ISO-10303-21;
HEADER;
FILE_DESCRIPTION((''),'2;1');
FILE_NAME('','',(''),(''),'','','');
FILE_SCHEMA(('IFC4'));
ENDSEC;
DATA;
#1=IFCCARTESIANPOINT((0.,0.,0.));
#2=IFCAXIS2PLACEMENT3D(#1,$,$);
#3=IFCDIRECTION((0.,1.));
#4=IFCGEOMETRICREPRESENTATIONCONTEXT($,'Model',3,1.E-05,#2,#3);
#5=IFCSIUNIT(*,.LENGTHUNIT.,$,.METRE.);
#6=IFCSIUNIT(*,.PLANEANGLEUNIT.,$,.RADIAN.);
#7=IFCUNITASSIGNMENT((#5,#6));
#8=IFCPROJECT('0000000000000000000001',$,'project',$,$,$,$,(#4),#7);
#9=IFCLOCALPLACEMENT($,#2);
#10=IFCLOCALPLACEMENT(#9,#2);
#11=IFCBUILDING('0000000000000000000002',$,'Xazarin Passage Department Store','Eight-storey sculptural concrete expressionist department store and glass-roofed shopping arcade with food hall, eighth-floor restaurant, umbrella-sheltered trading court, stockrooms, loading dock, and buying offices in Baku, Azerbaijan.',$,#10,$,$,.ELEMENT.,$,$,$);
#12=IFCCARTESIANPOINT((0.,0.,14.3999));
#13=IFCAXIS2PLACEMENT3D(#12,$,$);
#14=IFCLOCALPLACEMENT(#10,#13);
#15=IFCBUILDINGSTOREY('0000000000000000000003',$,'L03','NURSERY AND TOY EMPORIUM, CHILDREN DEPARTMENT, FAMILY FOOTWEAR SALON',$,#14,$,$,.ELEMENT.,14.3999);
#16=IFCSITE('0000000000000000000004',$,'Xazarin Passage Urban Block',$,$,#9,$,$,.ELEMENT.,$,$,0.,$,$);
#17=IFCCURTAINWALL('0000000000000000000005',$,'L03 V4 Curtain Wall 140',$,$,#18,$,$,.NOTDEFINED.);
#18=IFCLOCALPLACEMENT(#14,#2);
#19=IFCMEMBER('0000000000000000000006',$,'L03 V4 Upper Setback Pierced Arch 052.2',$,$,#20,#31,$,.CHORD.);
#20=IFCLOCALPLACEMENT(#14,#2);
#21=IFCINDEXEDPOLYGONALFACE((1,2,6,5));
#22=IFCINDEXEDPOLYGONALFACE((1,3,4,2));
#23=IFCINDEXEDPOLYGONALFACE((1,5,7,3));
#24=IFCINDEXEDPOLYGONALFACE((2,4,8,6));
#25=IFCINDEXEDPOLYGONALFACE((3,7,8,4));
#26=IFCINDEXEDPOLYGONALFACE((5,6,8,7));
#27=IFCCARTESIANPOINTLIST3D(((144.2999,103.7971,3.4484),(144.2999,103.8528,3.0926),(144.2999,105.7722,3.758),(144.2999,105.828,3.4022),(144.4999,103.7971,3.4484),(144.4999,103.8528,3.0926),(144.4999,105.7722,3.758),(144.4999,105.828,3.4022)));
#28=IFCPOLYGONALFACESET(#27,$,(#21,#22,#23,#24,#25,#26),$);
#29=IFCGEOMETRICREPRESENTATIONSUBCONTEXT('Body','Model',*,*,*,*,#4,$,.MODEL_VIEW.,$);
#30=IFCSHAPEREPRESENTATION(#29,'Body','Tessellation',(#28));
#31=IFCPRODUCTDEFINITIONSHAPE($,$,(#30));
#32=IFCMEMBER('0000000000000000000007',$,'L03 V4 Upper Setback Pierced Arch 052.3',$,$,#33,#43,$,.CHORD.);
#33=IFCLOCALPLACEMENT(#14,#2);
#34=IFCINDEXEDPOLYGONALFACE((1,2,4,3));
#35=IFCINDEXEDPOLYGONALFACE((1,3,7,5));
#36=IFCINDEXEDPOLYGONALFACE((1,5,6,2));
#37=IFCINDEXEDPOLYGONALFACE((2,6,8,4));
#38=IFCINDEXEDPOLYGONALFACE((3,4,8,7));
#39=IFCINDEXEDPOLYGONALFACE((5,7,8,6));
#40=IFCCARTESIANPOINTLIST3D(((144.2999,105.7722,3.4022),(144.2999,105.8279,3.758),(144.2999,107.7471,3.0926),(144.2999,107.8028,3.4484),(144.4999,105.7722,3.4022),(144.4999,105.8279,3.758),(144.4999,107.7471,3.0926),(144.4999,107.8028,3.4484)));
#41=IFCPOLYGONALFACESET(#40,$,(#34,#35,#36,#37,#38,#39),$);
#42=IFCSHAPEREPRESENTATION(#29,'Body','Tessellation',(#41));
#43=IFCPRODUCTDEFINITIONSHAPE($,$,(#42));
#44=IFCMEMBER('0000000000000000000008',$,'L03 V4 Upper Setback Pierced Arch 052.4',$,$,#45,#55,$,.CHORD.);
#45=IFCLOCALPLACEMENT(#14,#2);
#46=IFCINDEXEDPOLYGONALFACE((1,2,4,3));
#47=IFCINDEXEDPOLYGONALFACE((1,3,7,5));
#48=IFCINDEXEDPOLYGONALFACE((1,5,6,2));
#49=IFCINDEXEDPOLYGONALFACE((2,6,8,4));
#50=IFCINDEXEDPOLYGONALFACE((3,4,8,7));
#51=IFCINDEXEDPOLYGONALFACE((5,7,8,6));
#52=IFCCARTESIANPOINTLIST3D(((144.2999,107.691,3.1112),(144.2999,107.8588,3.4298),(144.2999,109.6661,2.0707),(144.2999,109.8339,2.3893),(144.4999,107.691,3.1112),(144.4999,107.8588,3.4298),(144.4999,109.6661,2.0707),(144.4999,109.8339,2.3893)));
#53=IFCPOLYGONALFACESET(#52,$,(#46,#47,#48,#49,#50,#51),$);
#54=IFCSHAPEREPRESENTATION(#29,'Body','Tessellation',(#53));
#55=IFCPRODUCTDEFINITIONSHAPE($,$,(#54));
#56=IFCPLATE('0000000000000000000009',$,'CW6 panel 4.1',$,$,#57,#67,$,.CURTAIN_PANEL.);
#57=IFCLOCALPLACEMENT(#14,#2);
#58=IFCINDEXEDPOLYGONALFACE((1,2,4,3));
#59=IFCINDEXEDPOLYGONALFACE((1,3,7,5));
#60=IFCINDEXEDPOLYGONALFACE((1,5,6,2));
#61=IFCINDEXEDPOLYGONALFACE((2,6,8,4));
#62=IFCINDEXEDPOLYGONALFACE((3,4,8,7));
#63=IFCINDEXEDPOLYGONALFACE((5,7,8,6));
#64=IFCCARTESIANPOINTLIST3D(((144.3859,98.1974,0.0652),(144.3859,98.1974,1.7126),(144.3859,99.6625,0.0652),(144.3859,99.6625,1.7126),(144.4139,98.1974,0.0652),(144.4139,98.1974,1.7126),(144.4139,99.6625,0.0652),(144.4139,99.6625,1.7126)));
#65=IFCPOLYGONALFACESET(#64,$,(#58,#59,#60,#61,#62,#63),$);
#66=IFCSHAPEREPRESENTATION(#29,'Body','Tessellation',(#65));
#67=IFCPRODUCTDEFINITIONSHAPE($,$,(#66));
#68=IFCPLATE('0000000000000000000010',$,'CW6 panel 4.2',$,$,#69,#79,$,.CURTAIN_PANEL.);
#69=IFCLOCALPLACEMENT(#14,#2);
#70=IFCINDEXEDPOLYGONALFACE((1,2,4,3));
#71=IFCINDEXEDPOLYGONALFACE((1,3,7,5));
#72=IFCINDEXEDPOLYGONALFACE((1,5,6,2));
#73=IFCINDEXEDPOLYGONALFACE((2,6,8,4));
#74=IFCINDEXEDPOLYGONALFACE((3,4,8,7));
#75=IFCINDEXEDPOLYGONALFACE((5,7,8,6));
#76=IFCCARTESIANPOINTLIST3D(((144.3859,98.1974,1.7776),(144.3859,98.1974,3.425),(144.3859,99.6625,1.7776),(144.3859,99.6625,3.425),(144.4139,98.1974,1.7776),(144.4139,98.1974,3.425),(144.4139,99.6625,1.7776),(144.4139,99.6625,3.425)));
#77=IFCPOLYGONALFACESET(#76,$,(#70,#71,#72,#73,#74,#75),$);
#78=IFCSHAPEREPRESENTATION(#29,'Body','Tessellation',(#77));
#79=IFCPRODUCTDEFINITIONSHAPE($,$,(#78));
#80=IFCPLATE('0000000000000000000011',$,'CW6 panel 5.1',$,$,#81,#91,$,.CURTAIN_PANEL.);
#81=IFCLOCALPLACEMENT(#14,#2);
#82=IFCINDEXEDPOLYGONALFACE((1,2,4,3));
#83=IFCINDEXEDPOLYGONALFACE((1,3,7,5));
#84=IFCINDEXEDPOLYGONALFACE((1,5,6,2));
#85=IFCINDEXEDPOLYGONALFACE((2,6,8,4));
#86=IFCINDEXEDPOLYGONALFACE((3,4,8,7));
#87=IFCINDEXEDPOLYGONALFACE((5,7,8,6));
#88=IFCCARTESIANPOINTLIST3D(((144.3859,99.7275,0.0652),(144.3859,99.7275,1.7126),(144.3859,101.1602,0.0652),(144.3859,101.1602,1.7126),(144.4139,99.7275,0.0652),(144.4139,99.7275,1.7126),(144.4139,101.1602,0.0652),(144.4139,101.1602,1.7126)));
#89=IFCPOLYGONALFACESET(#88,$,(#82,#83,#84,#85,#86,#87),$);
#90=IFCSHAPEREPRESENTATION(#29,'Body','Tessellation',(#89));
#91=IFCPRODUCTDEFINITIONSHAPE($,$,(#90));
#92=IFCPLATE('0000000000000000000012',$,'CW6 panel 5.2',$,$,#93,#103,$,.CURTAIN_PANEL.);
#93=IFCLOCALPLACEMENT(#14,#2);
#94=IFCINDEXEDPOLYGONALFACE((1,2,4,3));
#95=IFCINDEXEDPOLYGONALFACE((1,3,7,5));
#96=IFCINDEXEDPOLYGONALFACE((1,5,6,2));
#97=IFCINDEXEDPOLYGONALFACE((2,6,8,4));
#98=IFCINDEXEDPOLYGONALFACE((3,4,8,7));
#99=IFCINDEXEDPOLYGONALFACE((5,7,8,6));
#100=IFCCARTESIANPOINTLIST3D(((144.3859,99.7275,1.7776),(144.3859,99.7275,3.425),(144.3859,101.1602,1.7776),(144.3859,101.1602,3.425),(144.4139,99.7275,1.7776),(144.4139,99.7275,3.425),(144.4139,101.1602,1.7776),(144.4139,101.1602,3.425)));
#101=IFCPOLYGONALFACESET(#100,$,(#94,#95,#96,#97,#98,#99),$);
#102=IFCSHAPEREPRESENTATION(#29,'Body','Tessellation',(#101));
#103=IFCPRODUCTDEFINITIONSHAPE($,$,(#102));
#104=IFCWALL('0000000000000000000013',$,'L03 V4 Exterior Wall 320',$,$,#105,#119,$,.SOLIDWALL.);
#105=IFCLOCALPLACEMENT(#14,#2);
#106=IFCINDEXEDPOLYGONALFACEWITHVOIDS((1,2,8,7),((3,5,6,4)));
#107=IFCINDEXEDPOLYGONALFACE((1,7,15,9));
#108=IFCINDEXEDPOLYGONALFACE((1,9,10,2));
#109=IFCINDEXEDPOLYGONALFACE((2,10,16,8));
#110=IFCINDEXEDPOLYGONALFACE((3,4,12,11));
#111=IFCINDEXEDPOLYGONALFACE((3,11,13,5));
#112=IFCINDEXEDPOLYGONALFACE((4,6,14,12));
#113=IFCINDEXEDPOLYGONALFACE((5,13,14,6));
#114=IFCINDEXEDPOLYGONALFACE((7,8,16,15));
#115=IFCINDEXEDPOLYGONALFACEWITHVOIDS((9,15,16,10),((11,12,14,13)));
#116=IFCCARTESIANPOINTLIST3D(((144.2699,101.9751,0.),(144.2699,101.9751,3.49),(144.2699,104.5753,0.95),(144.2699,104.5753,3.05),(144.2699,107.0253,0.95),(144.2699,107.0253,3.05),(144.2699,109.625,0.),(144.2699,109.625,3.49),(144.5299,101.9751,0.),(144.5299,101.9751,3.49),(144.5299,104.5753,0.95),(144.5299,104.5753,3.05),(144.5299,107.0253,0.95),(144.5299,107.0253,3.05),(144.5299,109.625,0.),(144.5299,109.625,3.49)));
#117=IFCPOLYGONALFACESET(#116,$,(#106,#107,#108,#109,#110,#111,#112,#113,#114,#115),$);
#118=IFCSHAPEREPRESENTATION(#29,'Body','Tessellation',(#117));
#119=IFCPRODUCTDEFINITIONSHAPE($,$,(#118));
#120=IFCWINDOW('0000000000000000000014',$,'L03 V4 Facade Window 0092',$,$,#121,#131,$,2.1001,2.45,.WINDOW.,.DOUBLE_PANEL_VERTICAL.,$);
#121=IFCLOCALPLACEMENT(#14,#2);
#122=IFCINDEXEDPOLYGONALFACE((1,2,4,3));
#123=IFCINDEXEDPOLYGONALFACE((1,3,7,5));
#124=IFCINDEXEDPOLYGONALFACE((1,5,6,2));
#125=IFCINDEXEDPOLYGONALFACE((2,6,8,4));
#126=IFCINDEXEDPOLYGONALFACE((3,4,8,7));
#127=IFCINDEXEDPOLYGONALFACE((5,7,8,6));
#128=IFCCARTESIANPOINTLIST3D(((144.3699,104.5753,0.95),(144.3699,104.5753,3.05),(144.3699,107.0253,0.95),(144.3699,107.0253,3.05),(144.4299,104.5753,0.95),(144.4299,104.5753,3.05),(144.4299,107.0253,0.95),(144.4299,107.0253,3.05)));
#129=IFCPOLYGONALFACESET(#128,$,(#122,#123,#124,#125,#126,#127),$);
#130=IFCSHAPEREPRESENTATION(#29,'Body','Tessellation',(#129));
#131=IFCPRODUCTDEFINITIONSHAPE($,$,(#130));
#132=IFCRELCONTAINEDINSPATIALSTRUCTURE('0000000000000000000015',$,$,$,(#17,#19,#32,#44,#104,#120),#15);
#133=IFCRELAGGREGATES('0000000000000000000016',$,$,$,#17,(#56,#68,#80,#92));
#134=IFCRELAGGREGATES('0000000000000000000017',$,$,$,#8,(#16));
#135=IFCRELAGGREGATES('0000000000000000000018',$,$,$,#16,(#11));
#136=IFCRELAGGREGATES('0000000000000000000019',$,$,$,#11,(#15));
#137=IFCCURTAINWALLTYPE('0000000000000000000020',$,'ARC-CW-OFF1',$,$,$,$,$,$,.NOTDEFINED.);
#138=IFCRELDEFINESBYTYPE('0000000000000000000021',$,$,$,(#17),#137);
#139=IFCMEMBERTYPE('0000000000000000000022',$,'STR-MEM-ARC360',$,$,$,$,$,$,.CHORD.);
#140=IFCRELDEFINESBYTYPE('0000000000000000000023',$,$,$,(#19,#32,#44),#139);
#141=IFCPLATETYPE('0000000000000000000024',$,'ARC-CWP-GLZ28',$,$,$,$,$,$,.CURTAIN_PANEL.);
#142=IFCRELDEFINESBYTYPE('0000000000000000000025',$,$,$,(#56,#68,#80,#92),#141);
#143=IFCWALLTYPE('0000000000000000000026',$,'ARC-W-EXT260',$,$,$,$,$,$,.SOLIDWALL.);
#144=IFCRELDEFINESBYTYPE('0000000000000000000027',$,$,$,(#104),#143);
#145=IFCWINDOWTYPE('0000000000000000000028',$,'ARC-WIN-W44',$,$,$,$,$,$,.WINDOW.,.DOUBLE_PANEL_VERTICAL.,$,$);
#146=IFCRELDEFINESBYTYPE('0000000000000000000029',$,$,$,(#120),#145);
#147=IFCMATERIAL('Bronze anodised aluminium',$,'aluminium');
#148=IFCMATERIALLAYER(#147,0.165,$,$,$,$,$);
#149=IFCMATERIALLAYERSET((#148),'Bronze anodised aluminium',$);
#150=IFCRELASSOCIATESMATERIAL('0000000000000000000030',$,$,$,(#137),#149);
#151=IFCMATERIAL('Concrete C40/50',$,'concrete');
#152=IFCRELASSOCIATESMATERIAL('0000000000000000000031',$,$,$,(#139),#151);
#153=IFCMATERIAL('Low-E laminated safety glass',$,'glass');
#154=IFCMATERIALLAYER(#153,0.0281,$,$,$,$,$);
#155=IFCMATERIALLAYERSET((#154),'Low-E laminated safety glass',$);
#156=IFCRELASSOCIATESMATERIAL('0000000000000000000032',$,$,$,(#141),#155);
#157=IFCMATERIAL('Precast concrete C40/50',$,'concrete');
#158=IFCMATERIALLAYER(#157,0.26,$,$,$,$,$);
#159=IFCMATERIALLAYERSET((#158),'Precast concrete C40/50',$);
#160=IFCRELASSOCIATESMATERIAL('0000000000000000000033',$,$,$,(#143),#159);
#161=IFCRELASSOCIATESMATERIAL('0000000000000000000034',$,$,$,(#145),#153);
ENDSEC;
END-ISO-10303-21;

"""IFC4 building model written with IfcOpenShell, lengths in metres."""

from ifc_helpers import new_model, si_unit, direction, frame, frame_2d, origin, origin_2d, place, context, subcontext, project, spatial, rectangle, extrude, material, layer, layer_set, material_profile, profile_set, type_object, element, fill, aggregate, save


model = new_model("IFC4")

# Units and contexts
model_context = context("Model", 3, precision=1e-05, world=origin(), true_north=direction((0.0, 1.0)))
body_context = subcontext(model_context, "Body", "Model", "MODEL_VIEW")
ifc_project = project(units=[si_unit("LENGTHUNIT", "METRE"), si_unit("PLANEANGLEUNIT", "RADIAN")], contexts=[model_context])

# Site, building, storey
site_placement = place(None, origin())
site = spatial("IfcSite", under=ifc_project, at=site_placement, Name="Xazarin Passage Urban Block", CompositionType="ELEMENT", RefElevation=0.0)
building_placement = place(site_placement, origin())
building = spatial("IfcBuilding", under=site, at=building_placement, Name="Xazarin Passage Department Store", Description="Eight-storey sculptural concrete expressionist department store and glass-roofed shopping arcade with food hall, eighth-floor restaurant, umbrella-sheltered trading court, stockrooms, loading dock, and buying offices in Baku, Azerbaijan.", CompositionType="ELEMENT")
storey_placement = place(building_placement, frame((0.0, 0.0, 14.3999)))
storey = spatial("IfcBuildingStorey", under=building, at=storey_placement, Name="L03", Description="NURSERY AND TOY EMPORIUM, CHILDREN DEPARTMENT, FAMILY FOOTWEAR SALON", CompositionType="ELEMENT", Elevation=14.3999)

# Shared definitions
ifc_material_1 = material(Name="Concrete C40/50", Category="concrete")

# Curtain wall
ifc_material_2 = material(Name="Bronze anodised aluminium", Category="aluminium")
ifc_layer_1 = layer(ifc_material_2, 0.165)
ifc_layer_set_1 = layer_set([ifc_layer_1], Name="Bronze anodised aluminium")
curtain_wall_type = type_object("IfcCurtainWallType", Name="ARC-CW-OFF1", PredefinedType="NOTDEFINED", material=ifc_layer_set_1)
curtain_wall_placement = place(storey_placement, origin())
curtain_wall = element("IfcCurtainWall", 1, at=curtain_wall_placement, inside=storey, type_object=curtain_wall_type, Name="L03 V4 Curtain Wall 140", PredefinedType="NOTDEFINED")

# Members
ifc_material_profile_1 = material_profile(ifc_material_1, rectangle(XDim=0.2, YDim=0.3601, at=origin_2d()), Name="RC 200x360")
ifc_profile_set_1 = profile_set([ifc_material_profile_1], Name="Concrete C40/50")
member_type_1 = type_object("IfcMemberType", Name="STR-MEM-ARC360", PredefinedType="CHORD", material=ifc_profile_set_1)
member_1_placement = place(storey_placement, frame((144.3999, 103.825, 3.2705), z_axis=(0.0, 0.987939, 0.154846), x_axis=(-1.0, 0.0, 0.0)))
element("IfcMember", 2, at=member_1_placement, inside=storey, type_object=member_type_1, Name="L03 V4 Upper Setback Pierced Arch 052.2", PredefinedType="CHORD", context=body_context, shape_type="SweptSolid", body=[
    extrude(rectangle(XDim=0.2, YDim=0.3601, at=origin_2d()), origin(), (0.0, 0.0, 1.0), 1.9993),
])
member_2_placement = place(storey_placement, frame((144.3999, 105.8, 3.5801), z_axis=(0.0, 0.987936, -0.154865), x_axis=(-1.0, 0.0, 0.0)))
element("IfcMember", 3, at=member_2_placement, inside=storey, type_object=member_type_1, Name="L03 V4 Upper Setback Pierced Arch 052.3", PredefinedType="CHORD", context=body_context, shape_type="SweptSolid", body=[
    extrude(rectangle(XDim=0.2, YDim=0.3601, at=origin_2d()), origin(), (0.0, 0.0, 1.0), 1.999),
])
member_3_placement = place(storey_placement, frame((144.3999, 107.7749, 3.2705), z_axis=(0.0, 0.884733, -0.466098), x_axis=(-1.0, 0.0, 0.0)))
element("IfcMember", 4, at=member_3_placement, inside=storey, type_object=member_type_1, Name="L03 V4 Upper Setback Pierced Arch 052.4", PredefinedType="CHORD", context=body_context, shape_type="SweptSolid", body=[
    extrude(rectangle(XDim=0.2, YDim=0.3601, at=origin_2d()), origin(), (0.0, 0.0, 1.0), 2.2324),
])

# Plates
ifc_material_3 = material(Name="Low-E laminated safety glass", Category="glass")
ifc_layer_2 = layer(ifc_material_3, 0.0281)
ifc_layer_set_2 = layer_set([ifc_layer_2], Name="Low-E laminated safety glass")
plate_type = type_object("IfcPlateType", Name="ARC-CWP-GLZ28", PredefinedType="CURTAIN_PANEL", material=ifc_layer_set_2)
plate_1_placement = place(storey_placement, frame((144.3999, 98.9299, 0.0652), z_axis=(0.0, 0.0, 1.0), x_axis=(0.0, 1.0, 0.0)))
plate_1 = element("IfcPlate", 5, at=plate_1_placement, type_object=plate_type, Name="CW6 panel 4.1", PredefinedType="CURTAIN_PANEL", context=body_context, shape_type="SweptSolid", body=[
    extrude(rectangle(XDim=1.4651, YDim=0.0281, at=origin_2d()), origin(), (0.0, 0.0, 1.0), 1.6475),
])
plate_2_placement = place(storey_placement, frame((144.3999, 98.9299, 1.7776), z_axis=(0.0, 0.0, 1.0), x_axis=(0.0, 1.0, 0.0)))
plate_2 = element("IfcPlate", 6, at=plate_2_placement, type_object=plate_type, Name="CW6 panel 4.2", PredefinedType="CURTAIN_PANEL", context=body_context, shape_type="SweptSolid", body=[
    extrude(rectangle(XDim=1.4651, YDim=0.0281, at=origin_2d()), origin(), (0.0, 0.0, 1.0), 1.6475),
])
plate_3_placement = place(storey_placement, frame((144.3999, 100.4438, 0.0652), z_axis=(0.0, 0.0, 1.0), x_axis=(0.0, 1.0, 0.0)))
plate_3 = element("IfcPlate", 7, at=plate_3_placement, type_object=plate_type, Name="CW6 panel 5.1", PredefinedType="CURTAIN_PANEL", context=body_context, shape_type="SweptSolid", body=[
    extrude(rectangle(XDim=1.4326, YDim=0.0281, at=origin_2d()), origin(), (0.0, 0.0, 1.0), 1.6475),
])
plate_4_placement = place(storey_placement, frame((144.3999, 100.4438, 1.7776), z_axis=(0.0, 0.0, 1.0), x_axis=(0.0, 1.0, 0.0)))
plate_4 = element("IfcPlate", 8, at=plate_4_placement, type_object=plate_type, Name="CW6 panel 5.2", PredefinedType="CURTAIN_PANEL", context=body_context, shape_type="SweptSolid", body=[
    extrude(rectangle(XDim=1.4326, YDim=0.0281, at=origin_2d()), origin(), (0.0, 0.0, 1.0), 1.6475),
])
aggregate(curtain_wall, [plate_1, plate_2, plate_3, plate_4])

# Wall, opening, window
ifc_material_4 = material(Name="Precast concrete C40/50", Category="concrete")
ifc_layer_3 = layer(ifc_material_4, 0.26)
ifc_layer_set_3 = layer_set([ifc_layer_3], Name="Precast concrete C40/50")
wall_type = type_object("IfcWallType", Name="ARC-W-EXT260", PredefinedType="SOLIDWALL", material=ifc_layer_set_3)
wall_placement = place(storey_placement, frame((144.3999, 101.9751, 0.0), z_axis=(0.0, 0.0, 1.0), x_axis=(0.0, 1.0, 0.0)))
wall = element("IfcWall", 9, at=wall_placement, inside=storey, type_object=wall_type, Name="L03 V4 Exterior Wall 320", PredefinedType="SOLIDWALL", context=body_context, shape_type="SweptSolid", body=[
    extrude(rectangle(XDim=7.6499, YDim=0.26, at=frame_2d((3.825, 0.0))), origin(), (0.0, 0.0, 1.0), 3.49),
])
opening_placement = place(wall_placement, frame((2.6001, 0.0, 0.95)))
opening = element("IfcOpeningElement", 10, at=opening_placement, cuts=wall, PredefinedType="OPENING", context=body_context, shape_type="SweptSolid", body=[
    extrude(rectangle(XDim=2.45, YDim=2.1001, at=frame_2d((1.2251, 1.05))), frame((0.0, 0.1399, 0.0), z_axis=(0.0, -1.0, 0.0), x_axis=(1.0, 0.0, 0.0)), (0.0, 0.0, 1.0), 0.28),
])
window_type = type_object("IfcWindowType", Name="ARC-WIN-W44", PartitioningType="DOUBLE_PANEL_VERTICAL", PredefinedType="WINDOW", material=ifc_material_3)
window_placement = place(opening_placement, origin())
window = element("IfcWindow", 11, at=window_placement, inside=storey, type_object=window_type, Name="L03 V4 Facade Window 0092", OverallHeight=2.1001, OverallWidth=2.45, PartitioningType="DOUBLE_PANEL_VERTICAL", PredefinedType="WINDOW", context=body_context, shape_type="SweptSolid", body=[
    extrude(rectangle(XDim=2.45, YDim=2.1001, at=frame_2d((1.2251, 1.05))), frame((0.0, 0.03, 0.0), z_axis=(0.0, -1.0, 0.0), x_axis=(1.0, 0.0, 0.0)), (0.0, 0.0, 1.0), 0.0601),
])
fill(opening, window)

save(model, "model.ifc")
